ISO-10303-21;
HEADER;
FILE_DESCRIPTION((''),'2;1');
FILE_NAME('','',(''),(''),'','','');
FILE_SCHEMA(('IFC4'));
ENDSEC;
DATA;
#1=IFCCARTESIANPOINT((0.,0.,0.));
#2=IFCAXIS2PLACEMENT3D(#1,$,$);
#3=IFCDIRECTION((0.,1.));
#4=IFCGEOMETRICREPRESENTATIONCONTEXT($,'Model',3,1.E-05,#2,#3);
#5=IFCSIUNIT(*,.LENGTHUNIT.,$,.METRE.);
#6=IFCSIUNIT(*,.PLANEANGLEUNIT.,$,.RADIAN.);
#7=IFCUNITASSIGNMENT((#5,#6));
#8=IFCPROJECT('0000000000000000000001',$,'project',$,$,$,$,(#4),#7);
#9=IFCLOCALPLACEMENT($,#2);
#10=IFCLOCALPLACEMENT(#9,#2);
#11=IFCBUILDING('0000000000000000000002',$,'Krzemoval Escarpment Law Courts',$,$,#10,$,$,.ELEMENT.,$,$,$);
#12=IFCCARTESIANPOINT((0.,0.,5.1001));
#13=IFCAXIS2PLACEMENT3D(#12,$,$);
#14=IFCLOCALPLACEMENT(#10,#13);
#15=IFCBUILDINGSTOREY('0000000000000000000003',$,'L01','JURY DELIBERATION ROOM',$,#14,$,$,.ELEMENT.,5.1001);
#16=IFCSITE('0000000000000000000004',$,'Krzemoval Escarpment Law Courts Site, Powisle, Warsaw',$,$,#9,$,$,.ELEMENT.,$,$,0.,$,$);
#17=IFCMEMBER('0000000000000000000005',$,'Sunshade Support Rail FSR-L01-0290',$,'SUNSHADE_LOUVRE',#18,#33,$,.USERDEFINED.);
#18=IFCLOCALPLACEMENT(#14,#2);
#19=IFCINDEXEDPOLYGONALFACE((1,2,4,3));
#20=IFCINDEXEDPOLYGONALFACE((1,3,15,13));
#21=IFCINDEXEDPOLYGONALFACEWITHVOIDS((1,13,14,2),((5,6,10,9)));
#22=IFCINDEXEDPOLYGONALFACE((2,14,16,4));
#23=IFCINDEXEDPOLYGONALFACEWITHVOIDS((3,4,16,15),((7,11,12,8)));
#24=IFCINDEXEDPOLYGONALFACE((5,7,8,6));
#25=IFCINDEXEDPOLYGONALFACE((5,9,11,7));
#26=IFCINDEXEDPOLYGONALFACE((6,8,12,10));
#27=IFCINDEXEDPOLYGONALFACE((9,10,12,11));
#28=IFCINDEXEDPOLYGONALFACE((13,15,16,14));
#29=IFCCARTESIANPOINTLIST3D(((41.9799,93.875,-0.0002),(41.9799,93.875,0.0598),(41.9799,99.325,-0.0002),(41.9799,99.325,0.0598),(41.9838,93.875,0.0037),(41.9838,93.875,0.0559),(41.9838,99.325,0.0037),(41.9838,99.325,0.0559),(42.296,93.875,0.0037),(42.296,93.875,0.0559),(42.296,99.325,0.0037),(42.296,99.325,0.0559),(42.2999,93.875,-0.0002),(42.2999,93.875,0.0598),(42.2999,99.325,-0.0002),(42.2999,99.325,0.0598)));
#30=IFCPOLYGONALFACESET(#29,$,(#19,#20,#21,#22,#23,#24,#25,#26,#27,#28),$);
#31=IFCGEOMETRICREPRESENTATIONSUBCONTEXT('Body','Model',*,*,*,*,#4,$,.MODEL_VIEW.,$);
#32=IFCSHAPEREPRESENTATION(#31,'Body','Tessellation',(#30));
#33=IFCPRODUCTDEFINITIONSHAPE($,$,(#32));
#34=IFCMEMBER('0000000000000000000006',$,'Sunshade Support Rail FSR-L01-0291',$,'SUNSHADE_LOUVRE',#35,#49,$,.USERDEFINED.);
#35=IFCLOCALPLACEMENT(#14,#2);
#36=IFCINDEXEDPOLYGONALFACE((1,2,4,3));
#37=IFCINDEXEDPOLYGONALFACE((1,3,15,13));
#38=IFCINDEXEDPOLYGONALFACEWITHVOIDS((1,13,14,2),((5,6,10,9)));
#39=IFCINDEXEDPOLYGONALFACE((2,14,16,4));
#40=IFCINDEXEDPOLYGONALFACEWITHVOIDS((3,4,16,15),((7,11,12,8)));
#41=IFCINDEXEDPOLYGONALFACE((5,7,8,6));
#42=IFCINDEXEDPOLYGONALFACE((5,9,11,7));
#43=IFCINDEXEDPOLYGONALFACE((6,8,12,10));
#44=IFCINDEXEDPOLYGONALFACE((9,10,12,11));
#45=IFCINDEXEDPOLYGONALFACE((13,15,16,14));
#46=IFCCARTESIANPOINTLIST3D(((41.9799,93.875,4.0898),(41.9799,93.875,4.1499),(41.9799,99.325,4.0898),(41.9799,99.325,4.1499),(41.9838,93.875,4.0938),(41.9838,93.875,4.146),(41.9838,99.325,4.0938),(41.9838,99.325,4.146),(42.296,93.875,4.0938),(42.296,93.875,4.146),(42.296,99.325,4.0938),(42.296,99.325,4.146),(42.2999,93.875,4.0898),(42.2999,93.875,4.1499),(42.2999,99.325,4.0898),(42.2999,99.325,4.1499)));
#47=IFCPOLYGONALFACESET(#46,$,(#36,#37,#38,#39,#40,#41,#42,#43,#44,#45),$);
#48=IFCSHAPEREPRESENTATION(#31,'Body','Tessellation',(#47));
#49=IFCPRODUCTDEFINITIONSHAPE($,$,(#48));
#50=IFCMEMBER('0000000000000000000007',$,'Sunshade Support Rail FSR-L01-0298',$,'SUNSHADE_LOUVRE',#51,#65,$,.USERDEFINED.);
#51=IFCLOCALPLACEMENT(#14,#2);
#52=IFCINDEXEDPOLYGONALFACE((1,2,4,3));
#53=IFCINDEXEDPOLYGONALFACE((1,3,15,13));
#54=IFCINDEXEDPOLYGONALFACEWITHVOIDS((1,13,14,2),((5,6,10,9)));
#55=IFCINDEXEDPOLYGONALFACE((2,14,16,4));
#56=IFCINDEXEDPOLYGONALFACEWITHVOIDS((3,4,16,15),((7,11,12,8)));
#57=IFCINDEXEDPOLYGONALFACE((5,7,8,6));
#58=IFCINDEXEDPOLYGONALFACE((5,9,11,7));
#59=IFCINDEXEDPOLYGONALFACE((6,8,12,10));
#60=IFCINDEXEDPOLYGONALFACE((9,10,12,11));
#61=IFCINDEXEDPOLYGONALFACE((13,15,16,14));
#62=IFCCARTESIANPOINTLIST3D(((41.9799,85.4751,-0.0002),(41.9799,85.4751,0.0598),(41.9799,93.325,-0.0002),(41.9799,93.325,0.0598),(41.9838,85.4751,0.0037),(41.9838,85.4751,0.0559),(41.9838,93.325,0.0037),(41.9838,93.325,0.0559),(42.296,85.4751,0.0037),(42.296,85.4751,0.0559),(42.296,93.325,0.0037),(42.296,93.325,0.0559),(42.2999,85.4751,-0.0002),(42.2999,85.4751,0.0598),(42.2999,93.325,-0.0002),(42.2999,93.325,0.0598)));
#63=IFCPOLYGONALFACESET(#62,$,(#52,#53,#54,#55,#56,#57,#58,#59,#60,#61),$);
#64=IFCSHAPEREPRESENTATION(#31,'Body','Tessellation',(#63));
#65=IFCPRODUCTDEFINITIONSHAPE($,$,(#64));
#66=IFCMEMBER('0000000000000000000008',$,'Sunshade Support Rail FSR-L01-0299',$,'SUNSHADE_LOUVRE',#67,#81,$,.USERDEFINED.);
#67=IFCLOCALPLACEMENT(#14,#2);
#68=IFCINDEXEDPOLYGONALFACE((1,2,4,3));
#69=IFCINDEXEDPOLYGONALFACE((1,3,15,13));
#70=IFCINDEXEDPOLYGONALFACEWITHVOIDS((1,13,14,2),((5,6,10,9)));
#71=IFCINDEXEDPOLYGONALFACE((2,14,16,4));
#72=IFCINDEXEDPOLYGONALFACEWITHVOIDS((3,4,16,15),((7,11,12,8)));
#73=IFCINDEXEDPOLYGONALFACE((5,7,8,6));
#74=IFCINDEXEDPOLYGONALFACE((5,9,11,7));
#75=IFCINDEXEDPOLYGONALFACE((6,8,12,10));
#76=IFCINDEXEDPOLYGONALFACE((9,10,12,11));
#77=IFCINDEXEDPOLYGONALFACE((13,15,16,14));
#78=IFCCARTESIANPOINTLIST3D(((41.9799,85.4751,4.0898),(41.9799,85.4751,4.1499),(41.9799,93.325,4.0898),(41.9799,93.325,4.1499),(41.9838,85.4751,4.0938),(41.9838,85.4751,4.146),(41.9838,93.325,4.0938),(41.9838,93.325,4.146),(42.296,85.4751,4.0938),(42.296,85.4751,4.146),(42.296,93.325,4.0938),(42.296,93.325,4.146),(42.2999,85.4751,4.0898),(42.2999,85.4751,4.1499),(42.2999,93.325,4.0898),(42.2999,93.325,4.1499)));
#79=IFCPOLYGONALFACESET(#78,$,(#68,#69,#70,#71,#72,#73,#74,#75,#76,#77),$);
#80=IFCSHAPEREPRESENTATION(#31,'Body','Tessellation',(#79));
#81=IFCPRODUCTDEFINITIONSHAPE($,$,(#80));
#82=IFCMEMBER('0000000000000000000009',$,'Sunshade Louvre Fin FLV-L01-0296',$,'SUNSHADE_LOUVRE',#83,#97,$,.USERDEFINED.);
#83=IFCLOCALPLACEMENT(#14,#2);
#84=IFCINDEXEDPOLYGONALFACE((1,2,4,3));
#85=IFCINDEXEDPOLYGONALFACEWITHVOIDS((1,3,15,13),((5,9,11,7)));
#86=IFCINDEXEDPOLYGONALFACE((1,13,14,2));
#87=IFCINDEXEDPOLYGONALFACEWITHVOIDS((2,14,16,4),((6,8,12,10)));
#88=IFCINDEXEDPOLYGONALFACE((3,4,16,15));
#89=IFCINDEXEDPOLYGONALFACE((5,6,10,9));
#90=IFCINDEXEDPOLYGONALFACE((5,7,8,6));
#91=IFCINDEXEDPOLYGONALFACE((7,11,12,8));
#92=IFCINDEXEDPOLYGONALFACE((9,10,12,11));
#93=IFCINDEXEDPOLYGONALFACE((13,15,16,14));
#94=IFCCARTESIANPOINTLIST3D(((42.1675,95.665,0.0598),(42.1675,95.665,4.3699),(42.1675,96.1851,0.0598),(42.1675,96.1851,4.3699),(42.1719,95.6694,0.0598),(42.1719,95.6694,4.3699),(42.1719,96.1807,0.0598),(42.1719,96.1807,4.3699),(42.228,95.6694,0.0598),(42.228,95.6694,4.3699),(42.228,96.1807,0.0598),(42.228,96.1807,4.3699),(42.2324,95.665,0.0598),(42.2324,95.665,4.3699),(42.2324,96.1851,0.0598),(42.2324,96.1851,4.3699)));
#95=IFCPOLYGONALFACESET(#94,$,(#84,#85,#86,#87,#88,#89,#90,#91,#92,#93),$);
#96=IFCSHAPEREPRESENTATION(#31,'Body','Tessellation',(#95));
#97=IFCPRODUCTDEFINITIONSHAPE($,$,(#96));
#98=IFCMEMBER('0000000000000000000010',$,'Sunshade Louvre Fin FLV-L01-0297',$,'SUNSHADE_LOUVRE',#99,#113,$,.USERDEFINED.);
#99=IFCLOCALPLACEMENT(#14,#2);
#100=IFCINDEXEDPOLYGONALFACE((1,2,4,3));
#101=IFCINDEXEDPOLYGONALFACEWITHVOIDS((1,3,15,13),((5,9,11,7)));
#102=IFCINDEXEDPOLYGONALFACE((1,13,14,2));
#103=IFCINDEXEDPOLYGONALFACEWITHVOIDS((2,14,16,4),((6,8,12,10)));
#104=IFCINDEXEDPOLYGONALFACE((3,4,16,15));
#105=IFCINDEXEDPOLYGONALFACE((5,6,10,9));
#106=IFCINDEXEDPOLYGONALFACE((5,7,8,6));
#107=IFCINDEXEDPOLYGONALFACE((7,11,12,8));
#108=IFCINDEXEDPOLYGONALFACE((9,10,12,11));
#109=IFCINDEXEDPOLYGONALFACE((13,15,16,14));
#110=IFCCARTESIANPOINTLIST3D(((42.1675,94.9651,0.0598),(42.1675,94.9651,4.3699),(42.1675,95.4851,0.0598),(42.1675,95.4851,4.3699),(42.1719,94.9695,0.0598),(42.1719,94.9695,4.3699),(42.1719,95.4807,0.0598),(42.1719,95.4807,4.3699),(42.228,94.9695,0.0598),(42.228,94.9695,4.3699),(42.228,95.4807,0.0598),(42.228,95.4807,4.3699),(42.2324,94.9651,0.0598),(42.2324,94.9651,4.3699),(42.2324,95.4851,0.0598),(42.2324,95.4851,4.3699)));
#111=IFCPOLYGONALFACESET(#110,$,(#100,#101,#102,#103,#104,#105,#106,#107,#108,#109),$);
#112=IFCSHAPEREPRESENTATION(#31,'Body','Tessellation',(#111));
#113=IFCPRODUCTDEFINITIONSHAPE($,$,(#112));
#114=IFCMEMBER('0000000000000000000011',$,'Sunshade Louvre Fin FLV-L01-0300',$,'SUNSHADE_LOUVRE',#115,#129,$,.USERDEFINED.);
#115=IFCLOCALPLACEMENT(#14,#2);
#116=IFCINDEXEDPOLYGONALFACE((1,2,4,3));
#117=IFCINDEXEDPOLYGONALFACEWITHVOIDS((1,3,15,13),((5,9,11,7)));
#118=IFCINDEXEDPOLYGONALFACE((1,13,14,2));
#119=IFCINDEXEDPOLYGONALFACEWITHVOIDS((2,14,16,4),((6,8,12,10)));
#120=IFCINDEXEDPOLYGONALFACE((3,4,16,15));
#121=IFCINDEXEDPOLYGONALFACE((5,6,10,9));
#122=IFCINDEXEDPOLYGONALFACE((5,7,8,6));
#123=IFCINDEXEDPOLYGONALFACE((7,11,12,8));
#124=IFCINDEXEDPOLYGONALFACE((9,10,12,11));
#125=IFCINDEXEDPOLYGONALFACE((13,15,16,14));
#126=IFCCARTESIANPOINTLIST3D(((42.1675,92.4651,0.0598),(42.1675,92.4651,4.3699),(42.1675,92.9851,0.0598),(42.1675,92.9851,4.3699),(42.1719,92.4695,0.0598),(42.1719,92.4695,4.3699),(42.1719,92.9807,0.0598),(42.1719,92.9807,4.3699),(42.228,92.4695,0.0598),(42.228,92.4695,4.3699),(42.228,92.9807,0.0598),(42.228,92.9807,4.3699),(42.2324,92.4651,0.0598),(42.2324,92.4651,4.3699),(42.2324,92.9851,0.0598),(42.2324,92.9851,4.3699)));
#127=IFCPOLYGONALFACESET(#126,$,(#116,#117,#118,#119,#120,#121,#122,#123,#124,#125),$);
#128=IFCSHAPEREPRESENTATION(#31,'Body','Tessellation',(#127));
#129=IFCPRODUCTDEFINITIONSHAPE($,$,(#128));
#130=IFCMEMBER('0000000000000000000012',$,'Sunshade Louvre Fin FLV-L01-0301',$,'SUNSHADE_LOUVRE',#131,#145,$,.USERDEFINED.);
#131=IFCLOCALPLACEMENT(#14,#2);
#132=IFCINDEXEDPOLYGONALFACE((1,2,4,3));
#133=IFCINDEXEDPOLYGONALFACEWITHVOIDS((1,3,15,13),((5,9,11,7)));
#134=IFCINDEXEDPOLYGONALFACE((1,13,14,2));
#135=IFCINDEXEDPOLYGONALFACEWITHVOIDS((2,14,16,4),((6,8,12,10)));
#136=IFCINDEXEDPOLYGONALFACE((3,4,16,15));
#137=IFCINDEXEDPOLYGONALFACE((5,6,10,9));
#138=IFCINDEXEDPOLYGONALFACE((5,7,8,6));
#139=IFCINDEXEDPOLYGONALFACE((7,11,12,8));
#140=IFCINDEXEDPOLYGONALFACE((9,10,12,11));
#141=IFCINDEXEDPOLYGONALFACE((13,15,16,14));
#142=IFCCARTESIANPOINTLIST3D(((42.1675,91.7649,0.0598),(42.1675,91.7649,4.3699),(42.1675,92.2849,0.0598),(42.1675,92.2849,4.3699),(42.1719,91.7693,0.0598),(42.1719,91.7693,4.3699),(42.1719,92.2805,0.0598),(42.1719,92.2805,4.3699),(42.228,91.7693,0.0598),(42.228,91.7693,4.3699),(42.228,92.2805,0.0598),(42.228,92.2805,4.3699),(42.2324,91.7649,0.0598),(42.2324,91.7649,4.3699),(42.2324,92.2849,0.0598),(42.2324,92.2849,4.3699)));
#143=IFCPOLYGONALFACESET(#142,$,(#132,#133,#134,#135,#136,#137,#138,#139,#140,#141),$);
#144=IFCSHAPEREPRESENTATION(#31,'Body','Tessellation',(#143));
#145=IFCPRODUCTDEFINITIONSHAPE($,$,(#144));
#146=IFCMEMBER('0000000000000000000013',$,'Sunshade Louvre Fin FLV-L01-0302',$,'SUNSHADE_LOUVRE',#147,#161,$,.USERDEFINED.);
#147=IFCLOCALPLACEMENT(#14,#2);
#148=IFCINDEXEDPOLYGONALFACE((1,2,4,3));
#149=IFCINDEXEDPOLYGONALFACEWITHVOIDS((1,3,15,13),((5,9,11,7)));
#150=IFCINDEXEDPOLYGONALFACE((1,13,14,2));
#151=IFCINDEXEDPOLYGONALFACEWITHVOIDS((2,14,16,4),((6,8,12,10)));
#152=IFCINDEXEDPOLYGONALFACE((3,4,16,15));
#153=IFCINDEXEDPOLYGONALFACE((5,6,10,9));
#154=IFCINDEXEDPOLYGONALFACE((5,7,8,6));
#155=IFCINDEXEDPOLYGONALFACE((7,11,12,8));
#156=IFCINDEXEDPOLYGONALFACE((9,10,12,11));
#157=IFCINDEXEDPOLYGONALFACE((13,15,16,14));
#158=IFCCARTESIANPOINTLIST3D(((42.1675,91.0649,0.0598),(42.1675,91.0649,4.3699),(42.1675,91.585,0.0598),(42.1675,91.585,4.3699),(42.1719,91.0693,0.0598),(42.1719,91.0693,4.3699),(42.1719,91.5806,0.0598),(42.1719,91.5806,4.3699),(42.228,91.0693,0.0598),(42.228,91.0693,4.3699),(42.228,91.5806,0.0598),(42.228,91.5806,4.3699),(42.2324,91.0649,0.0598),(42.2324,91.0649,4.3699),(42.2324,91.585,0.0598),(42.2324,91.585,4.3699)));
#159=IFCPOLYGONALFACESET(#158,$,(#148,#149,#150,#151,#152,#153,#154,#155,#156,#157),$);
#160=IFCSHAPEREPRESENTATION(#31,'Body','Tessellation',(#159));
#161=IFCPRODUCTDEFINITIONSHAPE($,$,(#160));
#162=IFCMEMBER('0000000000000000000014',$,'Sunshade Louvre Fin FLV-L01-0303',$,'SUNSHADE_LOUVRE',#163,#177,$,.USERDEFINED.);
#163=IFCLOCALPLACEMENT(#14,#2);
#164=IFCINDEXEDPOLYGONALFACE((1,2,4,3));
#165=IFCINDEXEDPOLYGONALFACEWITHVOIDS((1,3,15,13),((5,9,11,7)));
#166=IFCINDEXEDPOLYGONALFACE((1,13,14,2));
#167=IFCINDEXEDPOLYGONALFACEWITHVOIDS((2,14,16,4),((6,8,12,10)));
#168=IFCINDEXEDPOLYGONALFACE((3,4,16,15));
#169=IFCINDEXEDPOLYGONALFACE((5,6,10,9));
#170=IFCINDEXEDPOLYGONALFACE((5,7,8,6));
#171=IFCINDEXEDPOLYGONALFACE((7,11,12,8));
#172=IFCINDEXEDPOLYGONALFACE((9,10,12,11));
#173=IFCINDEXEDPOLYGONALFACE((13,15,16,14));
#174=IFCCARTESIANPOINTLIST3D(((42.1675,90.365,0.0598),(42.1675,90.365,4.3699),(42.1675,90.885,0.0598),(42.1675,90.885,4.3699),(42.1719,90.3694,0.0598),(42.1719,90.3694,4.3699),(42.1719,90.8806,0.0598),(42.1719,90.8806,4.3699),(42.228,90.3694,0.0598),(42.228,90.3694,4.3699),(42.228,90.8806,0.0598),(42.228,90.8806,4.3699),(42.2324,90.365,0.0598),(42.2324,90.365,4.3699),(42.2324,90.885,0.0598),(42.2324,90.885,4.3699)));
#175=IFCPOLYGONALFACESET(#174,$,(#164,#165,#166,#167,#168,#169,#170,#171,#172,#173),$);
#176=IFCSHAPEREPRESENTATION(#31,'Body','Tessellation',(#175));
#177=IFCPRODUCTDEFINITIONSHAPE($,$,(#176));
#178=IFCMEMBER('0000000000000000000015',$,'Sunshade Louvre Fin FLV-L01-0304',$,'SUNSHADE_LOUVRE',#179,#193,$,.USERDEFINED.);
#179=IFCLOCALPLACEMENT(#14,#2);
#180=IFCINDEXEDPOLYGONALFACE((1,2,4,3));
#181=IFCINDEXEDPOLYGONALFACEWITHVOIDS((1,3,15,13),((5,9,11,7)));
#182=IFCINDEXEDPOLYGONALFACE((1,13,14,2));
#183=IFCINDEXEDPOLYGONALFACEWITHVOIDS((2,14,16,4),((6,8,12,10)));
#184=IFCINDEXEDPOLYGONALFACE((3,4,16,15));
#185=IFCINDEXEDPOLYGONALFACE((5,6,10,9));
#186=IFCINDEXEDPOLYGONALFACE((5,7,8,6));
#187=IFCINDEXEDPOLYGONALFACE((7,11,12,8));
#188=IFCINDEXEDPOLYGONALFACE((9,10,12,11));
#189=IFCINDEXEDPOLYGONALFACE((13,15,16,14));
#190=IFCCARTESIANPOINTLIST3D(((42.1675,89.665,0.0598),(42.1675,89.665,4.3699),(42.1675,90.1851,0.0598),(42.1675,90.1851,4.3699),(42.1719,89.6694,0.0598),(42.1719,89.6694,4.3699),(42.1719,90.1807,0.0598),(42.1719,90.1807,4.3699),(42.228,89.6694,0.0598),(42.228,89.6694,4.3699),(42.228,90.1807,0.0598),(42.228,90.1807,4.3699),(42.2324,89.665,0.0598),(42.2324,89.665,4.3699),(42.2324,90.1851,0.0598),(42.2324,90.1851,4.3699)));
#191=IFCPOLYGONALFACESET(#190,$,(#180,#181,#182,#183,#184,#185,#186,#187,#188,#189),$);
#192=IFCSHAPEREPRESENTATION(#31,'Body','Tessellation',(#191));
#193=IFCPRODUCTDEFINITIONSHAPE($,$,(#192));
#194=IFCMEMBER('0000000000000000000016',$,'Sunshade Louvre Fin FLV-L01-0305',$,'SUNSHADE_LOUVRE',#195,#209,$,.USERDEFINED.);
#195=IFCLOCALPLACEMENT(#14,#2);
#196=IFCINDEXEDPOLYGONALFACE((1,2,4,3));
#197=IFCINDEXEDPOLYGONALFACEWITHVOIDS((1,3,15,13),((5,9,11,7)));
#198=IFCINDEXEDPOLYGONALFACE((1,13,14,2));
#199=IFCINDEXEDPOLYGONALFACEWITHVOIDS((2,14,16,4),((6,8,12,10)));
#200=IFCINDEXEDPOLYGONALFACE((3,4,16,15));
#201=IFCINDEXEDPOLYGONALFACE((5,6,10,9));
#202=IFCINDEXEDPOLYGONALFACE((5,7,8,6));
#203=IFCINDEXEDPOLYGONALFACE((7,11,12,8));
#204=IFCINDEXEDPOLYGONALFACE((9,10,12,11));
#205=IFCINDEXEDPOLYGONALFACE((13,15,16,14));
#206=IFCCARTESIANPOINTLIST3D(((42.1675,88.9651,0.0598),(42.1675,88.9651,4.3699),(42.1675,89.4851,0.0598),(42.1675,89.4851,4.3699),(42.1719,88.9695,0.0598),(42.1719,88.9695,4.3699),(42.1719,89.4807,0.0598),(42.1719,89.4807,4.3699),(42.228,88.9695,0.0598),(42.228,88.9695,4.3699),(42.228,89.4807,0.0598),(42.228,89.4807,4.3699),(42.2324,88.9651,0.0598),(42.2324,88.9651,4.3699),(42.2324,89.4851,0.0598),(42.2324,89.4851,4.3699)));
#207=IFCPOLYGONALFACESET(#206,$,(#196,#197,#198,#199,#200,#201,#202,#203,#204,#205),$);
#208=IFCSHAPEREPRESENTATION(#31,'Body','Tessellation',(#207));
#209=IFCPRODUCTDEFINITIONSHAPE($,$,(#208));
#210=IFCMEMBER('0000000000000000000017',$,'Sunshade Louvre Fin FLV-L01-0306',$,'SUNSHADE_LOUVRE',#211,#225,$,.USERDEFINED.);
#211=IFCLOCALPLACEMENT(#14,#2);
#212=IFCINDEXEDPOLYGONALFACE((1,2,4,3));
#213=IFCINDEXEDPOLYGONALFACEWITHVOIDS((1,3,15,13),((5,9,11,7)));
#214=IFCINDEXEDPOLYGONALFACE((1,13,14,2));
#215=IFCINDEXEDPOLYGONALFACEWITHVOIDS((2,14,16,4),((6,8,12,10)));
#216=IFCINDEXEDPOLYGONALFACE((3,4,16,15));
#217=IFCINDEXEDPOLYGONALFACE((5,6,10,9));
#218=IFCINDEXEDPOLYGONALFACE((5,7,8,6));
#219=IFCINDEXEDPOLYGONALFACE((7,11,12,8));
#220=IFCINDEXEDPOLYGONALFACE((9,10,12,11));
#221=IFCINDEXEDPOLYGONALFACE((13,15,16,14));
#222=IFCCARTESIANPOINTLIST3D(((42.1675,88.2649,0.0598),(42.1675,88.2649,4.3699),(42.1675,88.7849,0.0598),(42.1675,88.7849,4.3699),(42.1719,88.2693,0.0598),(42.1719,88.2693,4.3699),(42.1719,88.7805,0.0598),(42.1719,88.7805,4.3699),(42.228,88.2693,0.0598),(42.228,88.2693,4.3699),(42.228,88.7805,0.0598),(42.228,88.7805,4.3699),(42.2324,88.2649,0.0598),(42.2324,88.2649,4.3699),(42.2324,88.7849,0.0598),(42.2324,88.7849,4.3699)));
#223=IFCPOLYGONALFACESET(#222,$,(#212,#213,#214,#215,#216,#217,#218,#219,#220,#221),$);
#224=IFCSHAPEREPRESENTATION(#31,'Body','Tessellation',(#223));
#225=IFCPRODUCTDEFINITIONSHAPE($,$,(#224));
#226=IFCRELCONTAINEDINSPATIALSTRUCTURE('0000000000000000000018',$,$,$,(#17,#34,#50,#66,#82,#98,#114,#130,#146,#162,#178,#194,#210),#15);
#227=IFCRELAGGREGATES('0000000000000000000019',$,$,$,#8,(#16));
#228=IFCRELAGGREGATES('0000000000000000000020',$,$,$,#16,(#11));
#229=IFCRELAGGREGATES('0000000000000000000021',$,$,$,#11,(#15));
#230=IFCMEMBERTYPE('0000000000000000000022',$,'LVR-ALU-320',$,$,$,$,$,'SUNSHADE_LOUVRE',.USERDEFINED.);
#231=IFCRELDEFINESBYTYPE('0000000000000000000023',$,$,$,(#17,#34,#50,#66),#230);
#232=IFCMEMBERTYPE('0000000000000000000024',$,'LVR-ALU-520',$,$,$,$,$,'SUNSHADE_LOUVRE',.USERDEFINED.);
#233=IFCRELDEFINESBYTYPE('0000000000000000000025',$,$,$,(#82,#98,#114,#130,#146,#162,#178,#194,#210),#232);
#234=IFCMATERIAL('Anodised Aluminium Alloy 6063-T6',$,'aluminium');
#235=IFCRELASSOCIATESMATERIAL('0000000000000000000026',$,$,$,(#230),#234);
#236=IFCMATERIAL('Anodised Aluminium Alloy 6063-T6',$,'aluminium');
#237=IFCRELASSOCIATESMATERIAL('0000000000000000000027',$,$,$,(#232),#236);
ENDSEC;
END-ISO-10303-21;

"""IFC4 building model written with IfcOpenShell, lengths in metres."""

from ifc_helpers import new_model, si_unit, direction, frame, origin, origin_2d, place, context, subcontext, project, spatial, hollow_rectangle, extrude, material, material_profile, profile_set, type_object, element, save


model = new_model("IFC4")

# Units and contexts
model_context = context("Model", 3, precision=1e-05, world=origin(), true_north=direction((0.0, 1.0)))
body_context = subcontext(model_context, "Body", "Model", "MODEL_VIEW")
ifc_project = project(units=[si_unit("LENGTHUNIT", "METRE"), si_unit("PLANEANGLEUNIT", "RADIAN")], contexts=[model_context])

# Site, building, storey
site_placement = place(None, origin())
site = spatial("IfcSite", under=ifc_project, at=site_placement, Name="Krzemoval Escarpment Law Courts Site, Powisle, Warsaw", CompositionType="ELEMENT", RefElevation=0.0)
building_placement = place(site_placement, origin())
building = spatial("IfcBuilding", under=site, at=building_placement, Name="Krzemoval Escarpment Law Courts", CompositionType="ELEMENT")
storey_placement = place(building_placement, frame((0.0, 0.0, 5.1001)))
storey = spatial("IfcBuildingStorey", under=building, at=storey_placement, Name="L01", Description="JURY DELIBERATION ROOM", CompositionType="ELEMENT", Elevation=5.1001)

# Members
ifc_material_1 = material(Name="Anodised Aluminium Alloy 6063-T6", Category="aluminium")
ifc_material_profile_1 = material_profile(ifc_material_1, hollow_rectangle(XDim=0.0601, YDim=0.3201, WallThickness=0.0039, at=origin_2d()), Name="ALU LVR 60x320")
ifc_profile_set_1 = profile_set([ifc_material_profile_1], Name="Anodised Aluminium Alloy 6063-T6")
member_type_1 = type_object("IfcMemberType", Name="LVR-ALU-320", ElementType="SUNSHADE_LOUVRE", PredefinedType="USERDEFINED", material=ifc_profile_set_1)
for number, where, z_axis, x_axis, name in (
    (1, (42.1399, 99.325, 0.0298), (0.0, -1.0, 0.0), (0.0, 0.0, 1.0), "Sunshade Support Rail FSR-L01-0290"),
    (2, (42.1399, 99.325, 4.1199), (0.0, -1.0, 0.0), (0.0, 0.0, 1.0), "Sunshade Support Rail FSR-L01-0291"),
):
    element("IfcMember", number, at=place(storey_placement, frame(where, z_axis=z_axis, x_axis=x_axis)), inside=storey, type_object=member_type_1, Name=name, ObjectType="SUNSHADE_LOUVRE", PredefinedType="USERDEFINED", context=body_context, shape_type="SweptSolid", body=[
        extrude(hollow_rectangle(XDim=0.0601, YDim=0.3201, WallThickness=0.0039, at=origin_2d()), origin(), (0.0, 0.0, 1.0), 5.45),
    ])
for number, where, z_axis, x_axis, name in (
    (3, (42.1399, 93.325, 0.0298), (0.0, -1.0, 0.0), (0.0, 0.0, 1.0), "Sunshade Support Rail FSR-L01-0298"),
    (4, (42.1399, 93.325, 4.1199), (0.0, -1.0, 0.0), (0.0, 0.0, 1.0), "Sunshade Support Rail FSR-L01-0299"),
):
    element("IfcMember", number, at=place(storey_placement, frame(where, z_axis=z_axis, x_axis=x_axis)), inside=storey, type_object=member_type_1, Name=name, ObjectType="SUNSHADE_LOUVRE", PredefinedType="USERDEFINED", context=body_context, shape_type="SweptSolid", body=[
        extrude(hollow_rectangle(XDim=0.0601, YDim=0.3201, WallThickness=0.0039, at=origin_2d()), origin(), (0.0, 0.0, 1.0), 7.8499),
    ])
ifc_material_2 = material(Name="Anodised Aluminium Alloy 6063-T6", Category="aluminium")
ifc_material_profile_2 = material_profile(ifc_material_2, hollow_rectangle(XDim=0.0649, YDim=0.52, WallThickness=0.0044, at=origin_2d()), Name="ALU LVR 65x520")
ifc_profile_set_2 = profile_set([ifc_material_profile_2], Name="Anodised Aluminium Alloy 6063-T6")
member_type_2 = type_object("IfcMemberType", Name="LVR-ALU-520", ElementType="SUNSHADE_LOUVRE", PredefinedType="USERDEFINED", material=ifc_profile_set_2)
for number, where, z_axis, x_axis, name in (
    (5, (42.2, 95.925, 0.0598), (0.0, 0.0, 1.0), (1.0, 0.0, 0.0), "Sunshade Louvre Fin FLV-L01-0296"),
    (6, (42.2, 95.2251, 0.0598), (0.0, 0.0, 1.0), (1.0, 0.0, 0.0), "Sunshade Louvre Fin FLV-L01-0297"),
    (7, (42.2, 92.7251, 0.0598), (0.0, 0.0, 1.0), (1.0, 0.0, 0.0), "Sunshade Louvre Fin FLV-L01-0300"),
    (8, (42.2, 92.0249, 0.0598), (0.0, 0.0, 1.0), (1.0, 0.0, 0.0), "Sunshade Louvre Fin FLV-L01-0301"),
    (9, (42.2, 91.325, 0.0598), (0.0, 0.0, 1.0), (1.0, 0.0, 0.0), "Sunshade Louvre Fin FLV-L01-0302"),
    (10, (42.2, 90.625, 0.0598), (0.0, 0.0, 1.0), (1.0, 0.0, 0.0), "Sunshade Louvre Fin FLV-L01-0303"),
    (11, (42.2, 89.925, 0.0598), (0.0, 0.0, 1.0), (1.0, 0.0, 0.0), "Sunshade Louvre Fin FLV-L01-0304"),
    (12, (42.2, 89.2251, 0.0598), (0.0, 0.0, 1.0), (1.0, 0.0, 0.0), "Sunshade Louvre Fin FLV-L01-0305"),
    (13, (42.2, 88.5249, 0.0598), (0.0, 0.0, 1.0), (1.0, 0.0, 0.0), "Sunshade Louvre Fin FLV-L01-0306"),
):
    element("IfcMember", number, at=place(storey_placement, frame(where, z_axis=z_axis, x_axis=x_axis)), inside=storey, type_object=member_type_2, Name=name, ObjectType="SUNSHADE_LOUVRE", PredefinedType="USERDEFINED", context=body_context, shape_type="SweptSolid", body=[
        extrude(hollow_rectangle(XDim=0.0649, YDim=0.52, WallThickness=0.0044, at=origin_2d()), origin(), (0.0, 0.0, 1.0), 4.3101),
    ])

save(model, "model.ifc")
